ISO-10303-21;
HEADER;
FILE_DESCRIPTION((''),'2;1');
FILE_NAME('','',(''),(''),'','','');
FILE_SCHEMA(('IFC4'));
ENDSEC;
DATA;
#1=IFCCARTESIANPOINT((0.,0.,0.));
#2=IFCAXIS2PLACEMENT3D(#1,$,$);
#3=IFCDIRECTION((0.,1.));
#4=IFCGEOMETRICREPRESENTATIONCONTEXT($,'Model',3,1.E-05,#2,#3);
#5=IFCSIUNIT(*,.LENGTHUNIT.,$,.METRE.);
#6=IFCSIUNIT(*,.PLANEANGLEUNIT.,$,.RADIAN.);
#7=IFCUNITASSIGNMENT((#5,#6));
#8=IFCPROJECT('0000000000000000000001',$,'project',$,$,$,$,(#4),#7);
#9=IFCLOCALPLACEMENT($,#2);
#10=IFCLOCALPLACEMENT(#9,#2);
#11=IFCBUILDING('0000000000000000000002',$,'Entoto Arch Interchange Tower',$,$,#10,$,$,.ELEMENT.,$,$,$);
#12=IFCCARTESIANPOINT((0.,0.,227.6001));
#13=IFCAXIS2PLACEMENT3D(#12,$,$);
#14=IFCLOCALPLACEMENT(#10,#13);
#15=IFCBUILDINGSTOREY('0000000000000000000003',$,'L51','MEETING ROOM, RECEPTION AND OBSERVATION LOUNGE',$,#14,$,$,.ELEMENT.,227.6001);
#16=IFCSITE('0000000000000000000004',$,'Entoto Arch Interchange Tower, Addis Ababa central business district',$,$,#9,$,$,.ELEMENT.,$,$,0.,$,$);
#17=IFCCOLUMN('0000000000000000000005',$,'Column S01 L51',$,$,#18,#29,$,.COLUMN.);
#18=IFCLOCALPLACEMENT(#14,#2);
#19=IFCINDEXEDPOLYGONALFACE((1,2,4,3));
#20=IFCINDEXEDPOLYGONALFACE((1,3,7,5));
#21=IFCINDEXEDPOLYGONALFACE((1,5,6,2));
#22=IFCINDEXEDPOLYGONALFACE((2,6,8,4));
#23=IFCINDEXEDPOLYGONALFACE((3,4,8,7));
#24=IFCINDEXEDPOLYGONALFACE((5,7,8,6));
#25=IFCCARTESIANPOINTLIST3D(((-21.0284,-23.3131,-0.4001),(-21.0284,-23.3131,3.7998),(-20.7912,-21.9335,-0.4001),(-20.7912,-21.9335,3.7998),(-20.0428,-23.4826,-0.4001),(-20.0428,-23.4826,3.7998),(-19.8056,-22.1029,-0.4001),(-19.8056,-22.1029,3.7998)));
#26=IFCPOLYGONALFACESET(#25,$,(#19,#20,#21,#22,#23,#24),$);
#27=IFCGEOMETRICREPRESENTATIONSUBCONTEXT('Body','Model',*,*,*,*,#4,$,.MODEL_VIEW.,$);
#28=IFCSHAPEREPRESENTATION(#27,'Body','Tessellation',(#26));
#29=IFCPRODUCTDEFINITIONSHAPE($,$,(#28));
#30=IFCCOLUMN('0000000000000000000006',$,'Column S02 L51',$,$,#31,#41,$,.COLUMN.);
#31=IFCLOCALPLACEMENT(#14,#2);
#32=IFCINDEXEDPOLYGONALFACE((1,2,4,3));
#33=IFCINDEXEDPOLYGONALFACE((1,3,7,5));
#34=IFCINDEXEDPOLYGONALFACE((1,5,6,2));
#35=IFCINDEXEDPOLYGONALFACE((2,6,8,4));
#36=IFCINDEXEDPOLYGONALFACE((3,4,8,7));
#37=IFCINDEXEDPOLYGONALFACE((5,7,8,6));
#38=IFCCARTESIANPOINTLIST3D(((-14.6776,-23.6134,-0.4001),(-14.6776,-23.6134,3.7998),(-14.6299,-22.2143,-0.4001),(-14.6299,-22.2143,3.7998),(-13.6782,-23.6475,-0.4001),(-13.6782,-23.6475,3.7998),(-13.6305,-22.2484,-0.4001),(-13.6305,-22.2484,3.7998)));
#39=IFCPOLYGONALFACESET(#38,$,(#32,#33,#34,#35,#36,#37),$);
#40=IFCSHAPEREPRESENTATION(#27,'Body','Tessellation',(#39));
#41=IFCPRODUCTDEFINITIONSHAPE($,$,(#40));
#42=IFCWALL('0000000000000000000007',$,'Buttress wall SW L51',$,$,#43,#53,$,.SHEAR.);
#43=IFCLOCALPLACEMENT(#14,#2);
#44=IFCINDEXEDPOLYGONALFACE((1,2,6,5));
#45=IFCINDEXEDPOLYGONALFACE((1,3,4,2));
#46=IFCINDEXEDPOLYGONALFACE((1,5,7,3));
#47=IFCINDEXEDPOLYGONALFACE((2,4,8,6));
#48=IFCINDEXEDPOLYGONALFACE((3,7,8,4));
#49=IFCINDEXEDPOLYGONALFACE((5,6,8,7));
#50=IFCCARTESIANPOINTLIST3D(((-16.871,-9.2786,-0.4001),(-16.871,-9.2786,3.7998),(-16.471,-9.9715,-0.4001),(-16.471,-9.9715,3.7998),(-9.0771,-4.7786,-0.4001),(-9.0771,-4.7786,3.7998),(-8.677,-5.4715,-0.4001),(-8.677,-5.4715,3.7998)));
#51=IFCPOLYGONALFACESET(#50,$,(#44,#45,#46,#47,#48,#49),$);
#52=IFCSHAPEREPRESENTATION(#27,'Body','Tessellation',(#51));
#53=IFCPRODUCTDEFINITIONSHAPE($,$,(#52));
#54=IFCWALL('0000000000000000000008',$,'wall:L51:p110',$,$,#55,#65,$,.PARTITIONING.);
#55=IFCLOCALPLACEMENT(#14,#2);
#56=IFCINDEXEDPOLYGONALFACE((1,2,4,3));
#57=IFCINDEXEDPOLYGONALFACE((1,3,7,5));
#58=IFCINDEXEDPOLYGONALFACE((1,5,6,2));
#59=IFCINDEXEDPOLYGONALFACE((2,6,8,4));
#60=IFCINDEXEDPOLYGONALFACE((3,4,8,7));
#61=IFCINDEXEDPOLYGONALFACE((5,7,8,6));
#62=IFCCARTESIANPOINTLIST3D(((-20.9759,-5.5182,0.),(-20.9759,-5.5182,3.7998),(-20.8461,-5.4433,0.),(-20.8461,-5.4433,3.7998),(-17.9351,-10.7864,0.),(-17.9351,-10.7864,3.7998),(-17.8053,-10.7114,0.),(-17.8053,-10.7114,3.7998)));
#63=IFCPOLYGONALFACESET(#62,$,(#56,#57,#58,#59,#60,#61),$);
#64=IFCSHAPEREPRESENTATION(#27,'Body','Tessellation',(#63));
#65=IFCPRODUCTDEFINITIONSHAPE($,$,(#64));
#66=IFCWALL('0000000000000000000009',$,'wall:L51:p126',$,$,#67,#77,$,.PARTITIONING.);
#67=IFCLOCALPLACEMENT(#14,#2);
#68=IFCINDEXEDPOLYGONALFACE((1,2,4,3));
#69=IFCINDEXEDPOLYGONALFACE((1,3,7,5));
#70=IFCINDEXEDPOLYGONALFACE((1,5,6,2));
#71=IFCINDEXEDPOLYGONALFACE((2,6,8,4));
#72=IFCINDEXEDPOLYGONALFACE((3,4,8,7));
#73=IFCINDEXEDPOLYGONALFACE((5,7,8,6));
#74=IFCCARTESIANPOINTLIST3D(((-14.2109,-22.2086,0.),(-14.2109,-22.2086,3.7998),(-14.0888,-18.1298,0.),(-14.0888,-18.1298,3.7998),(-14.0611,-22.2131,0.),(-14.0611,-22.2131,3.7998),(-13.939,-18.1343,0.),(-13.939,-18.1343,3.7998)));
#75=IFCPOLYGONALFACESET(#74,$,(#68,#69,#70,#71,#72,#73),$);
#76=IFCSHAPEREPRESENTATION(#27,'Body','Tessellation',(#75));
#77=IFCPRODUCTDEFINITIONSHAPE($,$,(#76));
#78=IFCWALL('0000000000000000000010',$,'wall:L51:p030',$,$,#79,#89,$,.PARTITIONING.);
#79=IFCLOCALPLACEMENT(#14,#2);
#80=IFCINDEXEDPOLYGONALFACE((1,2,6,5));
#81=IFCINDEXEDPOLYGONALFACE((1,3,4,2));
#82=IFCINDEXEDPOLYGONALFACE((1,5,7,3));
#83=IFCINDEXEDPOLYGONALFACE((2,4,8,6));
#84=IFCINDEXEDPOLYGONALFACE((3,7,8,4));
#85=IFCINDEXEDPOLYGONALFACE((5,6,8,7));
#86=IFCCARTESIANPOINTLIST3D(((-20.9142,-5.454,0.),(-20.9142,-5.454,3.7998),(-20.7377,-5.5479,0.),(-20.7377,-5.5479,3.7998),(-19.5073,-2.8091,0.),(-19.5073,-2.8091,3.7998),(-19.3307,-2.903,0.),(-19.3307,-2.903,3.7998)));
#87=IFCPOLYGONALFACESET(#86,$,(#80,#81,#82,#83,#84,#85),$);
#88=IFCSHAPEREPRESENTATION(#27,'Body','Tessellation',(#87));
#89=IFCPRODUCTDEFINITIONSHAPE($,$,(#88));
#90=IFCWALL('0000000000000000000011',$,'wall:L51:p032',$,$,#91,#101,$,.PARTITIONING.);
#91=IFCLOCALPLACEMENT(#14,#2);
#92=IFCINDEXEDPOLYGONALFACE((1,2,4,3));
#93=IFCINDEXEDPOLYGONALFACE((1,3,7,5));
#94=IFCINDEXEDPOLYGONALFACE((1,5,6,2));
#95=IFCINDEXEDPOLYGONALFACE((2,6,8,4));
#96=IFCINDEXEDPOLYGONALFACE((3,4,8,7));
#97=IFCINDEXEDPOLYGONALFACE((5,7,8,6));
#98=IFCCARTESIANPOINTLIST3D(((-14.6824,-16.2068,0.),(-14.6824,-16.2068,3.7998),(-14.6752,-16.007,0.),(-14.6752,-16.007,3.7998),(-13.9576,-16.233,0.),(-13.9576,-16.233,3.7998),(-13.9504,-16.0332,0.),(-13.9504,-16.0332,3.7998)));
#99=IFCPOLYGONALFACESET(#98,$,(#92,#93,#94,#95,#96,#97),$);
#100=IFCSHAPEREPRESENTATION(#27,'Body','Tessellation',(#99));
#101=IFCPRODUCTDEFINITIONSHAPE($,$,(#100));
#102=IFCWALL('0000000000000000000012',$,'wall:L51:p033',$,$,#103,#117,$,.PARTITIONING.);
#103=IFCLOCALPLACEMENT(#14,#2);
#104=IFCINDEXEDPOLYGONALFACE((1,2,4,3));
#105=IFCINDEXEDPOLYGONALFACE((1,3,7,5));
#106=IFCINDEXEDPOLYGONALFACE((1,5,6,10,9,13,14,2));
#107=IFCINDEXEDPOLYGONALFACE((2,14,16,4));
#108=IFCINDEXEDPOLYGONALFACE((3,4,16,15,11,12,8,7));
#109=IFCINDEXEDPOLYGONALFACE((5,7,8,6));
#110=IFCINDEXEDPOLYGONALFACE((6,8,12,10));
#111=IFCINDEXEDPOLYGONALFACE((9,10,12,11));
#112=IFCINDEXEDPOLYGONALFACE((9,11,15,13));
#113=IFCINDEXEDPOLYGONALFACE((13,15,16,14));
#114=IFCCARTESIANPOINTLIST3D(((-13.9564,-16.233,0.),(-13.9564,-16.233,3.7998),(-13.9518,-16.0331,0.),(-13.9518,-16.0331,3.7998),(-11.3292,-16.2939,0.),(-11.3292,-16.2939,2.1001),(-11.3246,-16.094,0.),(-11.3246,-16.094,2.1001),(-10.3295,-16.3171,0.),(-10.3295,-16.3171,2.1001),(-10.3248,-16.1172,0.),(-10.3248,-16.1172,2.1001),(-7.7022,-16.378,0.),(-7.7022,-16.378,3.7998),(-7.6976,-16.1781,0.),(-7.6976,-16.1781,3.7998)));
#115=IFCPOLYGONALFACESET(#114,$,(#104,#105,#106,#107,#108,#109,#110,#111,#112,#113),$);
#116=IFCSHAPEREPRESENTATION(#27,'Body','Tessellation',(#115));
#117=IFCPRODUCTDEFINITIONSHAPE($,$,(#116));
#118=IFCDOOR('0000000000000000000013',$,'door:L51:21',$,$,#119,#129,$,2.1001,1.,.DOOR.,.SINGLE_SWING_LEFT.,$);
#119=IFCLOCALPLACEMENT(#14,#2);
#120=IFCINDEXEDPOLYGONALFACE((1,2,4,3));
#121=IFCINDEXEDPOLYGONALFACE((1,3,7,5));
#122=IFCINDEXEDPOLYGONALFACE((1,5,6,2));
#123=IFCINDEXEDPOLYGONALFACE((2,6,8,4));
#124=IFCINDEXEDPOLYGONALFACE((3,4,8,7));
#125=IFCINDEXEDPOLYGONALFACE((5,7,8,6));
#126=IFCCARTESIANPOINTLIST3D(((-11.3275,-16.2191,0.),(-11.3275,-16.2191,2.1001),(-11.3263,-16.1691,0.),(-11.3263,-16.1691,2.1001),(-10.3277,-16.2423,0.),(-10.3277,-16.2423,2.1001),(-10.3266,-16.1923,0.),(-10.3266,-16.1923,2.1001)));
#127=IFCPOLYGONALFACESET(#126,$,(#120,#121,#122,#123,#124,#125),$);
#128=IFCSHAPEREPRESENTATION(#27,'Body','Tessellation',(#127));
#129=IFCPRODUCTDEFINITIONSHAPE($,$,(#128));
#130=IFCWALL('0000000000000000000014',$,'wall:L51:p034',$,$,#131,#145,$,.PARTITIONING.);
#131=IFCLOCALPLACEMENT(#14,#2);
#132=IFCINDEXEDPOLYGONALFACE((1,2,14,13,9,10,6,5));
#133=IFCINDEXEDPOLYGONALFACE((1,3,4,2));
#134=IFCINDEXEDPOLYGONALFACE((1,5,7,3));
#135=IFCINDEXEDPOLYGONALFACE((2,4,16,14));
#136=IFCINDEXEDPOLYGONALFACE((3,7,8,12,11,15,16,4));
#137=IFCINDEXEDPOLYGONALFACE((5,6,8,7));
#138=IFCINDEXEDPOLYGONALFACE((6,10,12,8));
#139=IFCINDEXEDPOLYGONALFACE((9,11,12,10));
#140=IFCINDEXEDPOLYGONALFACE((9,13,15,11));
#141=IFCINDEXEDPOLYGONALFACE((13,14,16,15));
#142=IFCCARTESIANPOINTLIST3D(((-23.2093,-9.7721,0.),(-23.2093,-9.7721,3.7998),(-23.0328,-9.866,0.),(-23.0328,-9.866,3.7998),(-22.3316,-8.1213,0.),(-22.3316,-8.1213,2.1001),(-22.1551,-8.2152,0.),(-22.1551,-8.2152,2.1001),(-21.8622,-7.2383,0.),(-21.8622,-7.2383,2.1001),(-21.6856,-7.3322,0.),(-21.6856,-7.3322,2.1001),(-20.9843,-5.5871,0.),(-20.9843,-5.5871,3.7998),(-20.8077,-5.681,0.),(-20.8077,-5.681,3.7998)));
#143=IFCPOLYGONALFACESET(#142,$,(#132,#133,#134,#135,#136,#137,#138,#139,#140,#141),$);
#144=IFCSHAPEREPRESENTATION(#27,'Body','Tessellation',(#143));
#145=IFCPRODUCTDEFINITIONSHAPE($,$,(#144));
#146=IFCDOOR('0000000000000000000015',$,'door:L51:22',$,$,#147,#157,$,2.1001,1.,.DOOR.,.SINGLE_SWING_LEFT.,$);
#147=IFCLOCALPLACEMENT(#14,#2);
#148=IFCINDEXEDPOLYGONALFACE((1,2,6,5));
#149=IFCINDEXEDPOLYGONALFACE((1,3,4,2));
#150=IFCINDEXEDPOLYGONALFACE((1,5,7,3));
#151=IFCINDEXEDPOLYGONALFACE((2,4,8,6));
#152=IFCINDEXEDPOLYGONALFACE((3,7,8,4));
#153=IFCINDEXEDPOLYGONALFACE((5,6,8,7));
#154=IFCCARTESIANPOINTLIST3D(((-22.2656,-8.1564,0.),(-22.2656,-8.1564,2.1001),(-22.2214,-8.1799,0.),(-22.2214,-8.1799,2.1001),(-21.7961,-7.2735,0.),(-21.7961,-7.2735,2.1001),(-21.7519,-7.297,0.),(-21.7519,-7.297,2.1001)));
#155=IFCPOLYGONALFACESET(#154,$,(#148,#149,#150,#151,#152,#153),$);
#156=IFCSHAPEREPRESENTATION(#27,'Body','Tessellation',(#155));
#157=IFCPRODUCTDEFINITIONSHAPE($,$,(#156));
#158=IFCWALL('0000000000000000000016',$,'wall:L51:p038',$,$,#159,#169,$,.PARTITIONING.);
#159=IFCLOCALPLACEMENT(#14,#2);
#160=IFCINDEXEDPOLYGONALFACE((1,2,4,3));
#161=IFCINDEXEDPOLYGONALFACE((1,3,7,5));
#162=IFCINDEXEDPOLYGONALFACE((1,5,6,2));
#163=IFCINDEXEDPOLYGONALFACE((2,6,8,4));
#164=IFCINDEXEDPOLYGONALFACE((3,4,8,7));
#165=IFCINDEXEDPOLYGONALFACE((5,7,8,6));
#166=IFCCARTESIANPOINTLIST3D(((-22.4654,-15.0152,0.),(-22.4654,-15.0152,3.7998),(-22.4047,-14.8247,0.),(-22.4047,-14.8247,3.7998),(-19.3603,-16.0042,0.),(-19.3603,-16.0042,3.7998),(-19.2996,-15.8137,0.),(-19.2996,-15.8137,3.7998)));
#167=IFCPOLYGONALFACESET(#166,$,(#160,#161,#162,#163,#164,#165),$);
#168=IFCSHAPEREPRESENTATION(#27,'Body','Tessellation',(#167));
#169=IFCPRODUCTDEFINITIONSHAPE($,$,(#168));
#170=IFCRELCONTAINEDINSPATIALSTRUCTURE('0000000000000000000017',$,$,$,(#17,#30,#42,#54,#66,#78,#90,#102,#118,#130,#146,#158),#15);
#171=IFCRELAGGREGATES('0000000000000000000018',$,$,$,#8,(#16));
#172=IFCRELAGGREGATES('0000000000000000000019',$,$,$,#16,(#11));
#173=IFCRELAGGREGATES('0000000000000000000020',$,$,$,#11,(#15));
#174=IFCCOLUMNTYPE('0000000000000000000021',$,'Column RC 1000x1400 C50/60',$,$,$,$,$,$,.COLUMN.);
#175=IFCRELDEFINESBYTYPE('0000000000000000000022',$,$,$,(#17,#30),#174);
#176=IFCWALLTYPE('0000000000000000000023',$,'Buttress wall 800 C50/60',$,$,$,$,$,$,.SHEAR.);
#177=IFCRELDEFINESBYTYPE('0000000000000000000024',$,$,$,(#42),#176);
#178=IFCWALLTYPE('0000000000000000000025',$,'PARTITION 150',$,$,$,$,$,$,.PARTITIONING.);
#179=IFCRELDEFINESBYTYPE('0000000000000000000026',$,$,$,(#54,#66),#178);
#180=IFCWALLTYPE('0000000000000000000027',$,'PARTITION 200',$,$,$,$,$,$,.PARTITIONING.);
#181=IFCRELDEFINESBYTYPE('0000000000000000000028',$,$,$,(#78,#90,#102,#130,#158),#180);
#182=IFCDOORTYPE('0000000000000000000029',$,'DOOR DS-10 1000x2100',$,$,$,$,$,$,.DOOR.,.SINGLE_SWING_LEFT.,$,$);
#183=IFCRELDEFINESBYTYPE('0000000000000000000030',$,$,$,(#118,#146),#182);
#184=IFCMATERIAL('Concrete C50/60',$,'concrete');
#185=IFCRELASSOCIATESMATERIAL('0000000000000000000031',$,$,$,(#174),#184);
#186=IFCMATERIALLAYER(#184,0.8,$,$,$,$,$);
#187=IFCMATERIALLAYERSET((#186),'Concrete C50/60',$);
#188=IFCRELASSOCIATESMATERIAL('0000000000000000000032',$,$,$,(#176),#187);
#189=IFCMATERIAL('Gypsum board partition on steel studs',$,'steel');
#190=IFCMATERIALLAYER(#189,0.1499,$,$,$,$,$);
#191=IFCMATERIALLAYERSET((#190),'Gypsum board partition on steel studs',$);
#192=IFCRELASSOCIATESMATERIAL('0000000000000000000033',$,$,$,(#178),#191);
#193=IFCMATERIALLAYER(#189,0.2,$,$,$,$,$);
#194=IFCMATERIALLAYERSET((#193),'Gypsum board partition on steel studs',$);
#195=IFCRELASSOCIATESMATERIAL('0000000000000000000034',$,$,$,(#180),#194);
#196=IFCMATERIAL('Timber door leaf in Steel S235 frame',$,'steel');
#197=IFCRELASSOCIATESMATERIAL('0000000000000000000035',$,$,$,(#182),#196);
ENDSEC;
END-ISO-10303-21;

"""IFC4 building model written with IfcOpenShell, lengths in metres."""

from ifc_helpers import new_model, si_unit, direction, frame, frame_2d, origin, origin_2d, place, context, subcontext, project, spatial, rectangle, extrude, material, layer, layer_set, material_profile, profile_set, type_object, element, fill, save


model = new_model("IFC4")

# Units and contexts
model_context = context("Model", 3, precision=1e-05, world=origin(), true_north=direction((0.0, 1.0)))
body_context = subcontext(model_context, "Body", "Model", "MODEL_VIEW")
ifc_project = project(units=[si_unit("LENGTHUNIT", "METRE"), si_unit("PLANEANGLEUNIT", "RADIAN")], contexts=[model_context])

# Site, building, storey
site_placement = place(None, origin())
site = spatial("IfcSite", under=ifc_project, at=site_placement, Name="Entoto Arch Interchange Tower, Addis Ababa central business district", CompositionType="ELEMENT", RefElevation=0.0)
building_placement = place(site_placement, origin())
building = spatial("IfcBuilding", under=site, at=building_placement, Name="Entoto Arch Interchange Tower", CompositionType="ELEMENT")
storey_placement = place(building_placement, frame((0.0, 0.0, 227.6001)))
storey = spatial("IfcBuildingStorey", under=building, at=storey_placement, Name="L51", Description="MEETING ROOM, RECEPTION AND OBSERVATION LOUNGE", CompositionType="ELEMENT", Elevation=227.6001)

# Columns
ifc_material_1 = material(Name="Concrete C50/60", Category="concrete")
ifc_material_profile = material_profile(ifc_material_1, rectangle(XDim=1.0, YDim=1.3999, at=origin_2d()))
ifc_profile_set = profile_set([ifc_material_profile], Name="Concrete C50/60")
column_type = type_object("IfcColumnType", Name="Column RC 1000x1400 C50/60", PredefinedType="COLUMN", material=ifc_profile_set)
for number, where, z_axis, x_axis, name in (
    (1, (-20.417, -22.708, -0.4001), (0.0, 0.0, 1.0), (-0.985541, 0.169436, 0.0), "Column S01 L51"),
    (2, (-14.1541, -22.9309, -0.4001), (0.0, 0.0, 1.0), (-0.999421, 0.034027, 0.0), "Column S02 L51"),
):
    element("IfcColumn", number, at=place(storey_placement, frame(where, z_axis=z_axis, x_axis=x_axis)), inside=storey, type_object=column_type, Name=name, PredefinedType="COLUMN", context=body_context, shape_type="SweptSolid", body=[
        extrude(rectangle(XDim=1.0, YDim=1.3999, at=origin_2d()), origin(), (0.0, 0.0, 1.0), 4.2),
    ])

# Walls
ifc_layer_1 = layer(ifc_material_1, 0.8)
ifc_layer_set_1 = layer_set([ifc_layer_1], Name="Concrete C50/60")
wall_type_1 = type_object("IfcWallType", Name="Buttress wall 800 C50/60", PredefinedType="SHEAR", material=ifc_layer_set_1)
wall_1_placement = place(storey_placement, frame((-8.877, -5.125, -0.4001), z_axis=(0.0, 0.0, 1.0), x_axis=(-0.866018, -0.500014, 0.0)))
element("IfcWall", 3, at=wall_1_placement, inside=storey, type_object=wall_type_1, Name="Buttress wall SW L51", PredefinedType="SHEAR", context=body_context, shape_type="SweptSolid", body=[
    extrude(rectangle(XDim=8.9998, YDim=0.8, at=frame_2d((4.5, 0.0))), origin(), (0.0, 0.0, 1.0), 4.2),
])
ifc_material_2 = material(Name="Gypsum board partition on steel studs", Category="steel")
ifc_layer_2 = layer(ifc_material_2, 0.1499)
ifc_layer_set_2 = layer_set([ifc_layer_2], Name="Gypsum board partition on steel studs")
wall_type_2 = type_object("IfcWallType", Name="PARTITION 150", PredefinedType="PARTITIONING", material=ifc_layer_set_2)
wall_2_placement = place(storey_placement, frame((-17.8701, -10.749, 0.0), z_axis=(0.0, 0.0, 1.0), x_axis=(-0.499908, 0.866079, 0.0)))
element("IfcWall", 4, at=wall_2_placement, inside=storey, type_object=wall_type_2, Name="wall:L51:p110", PredefinedType="PARTITIONING", context=body_context, shape_type="SweptSolid", body=[
    extrude(rectangle(XDim=6.0828, YDim=0.1499, at=frame_2d((3.0415, 0.0))), origin(), (0.0, 0.0, 1.0), 3.7998),
])
wall_3_placement = place(storey_placement, frame((-14.0139, -18.1321, 0.0), z_axis=(0.0, 0.0, 1.0), x_axis=(-0.029914, -0.999552, 0.0)))
element("IfcWall", 5, at=wall_3_placement, inside=storey, type_object=wall_type_2, Name="wall:L51:p126", PredefinedType="PARTITIONING", context=body_context, shape_type="SweptSolid", body=[
    extrude(rectangle(XDim=4.0806, YDim=0.1499, at=frame_2d((2.0403, 0.0))), origin(), (0.0, 0.0, 1.0), 3.7998),
])
ifc_layer_3 = layer(ifc_material_2, 0.2)
ifc_layer_set_3 = layer_set([ifc_layer_3], Name="Gypsum board partition on steel studs")
wall_type_3 = type_object("IfcWallType", Name="PARTITION 200", PredefinedType="PARTITIONING", material=ifc_layer_set_3)
wall_4_placement = place(storey_placement, frame((-19.4189, -2.856, 0.0), z_axis=(0.0, 0.0, 1.0), x_axis=(-0.469628, -0.882864, 0.0)))
element("IfcWall", 6, at=wall_4_placement, inside=storey, type_object=wall_type_3, Name="wall:L51:p030", PredefinedType="PARTITIONING", context=body_context, shape_type="SweptSolid", body=[
    extrude(rectangle(XDim=2.9958, YDim=0.2, at=frame_2d((1.498, 0.0))), origin(), (0.0, 0.0, 1.0), 3.7998),
])
wall_5_placement = place(storey_placement, frame((-14.679, -16.1069, 0.0), z_axis=(0.0, 0.0, 1.0), x_axis=(0.999351, -0.036016, 0.0)))
element("IfcWall", 7, at=wall_5_placement, inside=storey, type_object=wall_type_3, Name="wall:L51:p032", PredefinedType="PARTITIONING", context=body_context, shape_type="SweptSolid", body=[
    extrude(rectangle(XDim=0.7253, YDim=0.2, at=frame_2d((0.3628, 0.0))), origin(), (0.0, 0.0, 1.0), 3.7998),
])

# Walls, openings, doors
wall_6_placement = place(storey_placement, frame((-13.9541, -16.1331, 0.0), z_axis=(0.0, 0.0, 1.0), x_axis=(0.999731, -0.023181, 0.0)))
wall_6 = element("IfcWall", 8, at=wall_6_placement, inside=storey, type_object=wall_type_3, Name="wall:L51:p033", PredefinedType="PARTITIONING", context=body_context, shape_type="SweptSolid", body=[
    extrude(rectangle(XDim=6.2559, YDim=0.2, at=frame_2d((3.1279, 0.0))), origin(), (0.0, 0.0, 1.0), 3.7998),
])
opening_1_placement = place(wall_6_placement, frame((2.6279, 0.0, 0.0)))
opening_1 = element("IfcOpeningElement", 9, at=opening_1_placement, cuts=wall_6, PredefinedType="OPENING", context=body_context, shape_type="SweptSolid", body=[
    extrude(rectangle(XDim=1.0, YDim=2.1001, at=frame_2d((0.5, 1.05))), frame((0.0, 0.1099, 0.0), z_axis=(0.0, -1.0, 0.0), x_axis=(1.0, 0.0, 0.0)), (0.0, 0.0, 1.0), 0.22),
])
ifc_material_3 = material(Name="Timber door leaf in Steel S235 frame", Category="steel")
door_type = type_object("IfcDoorType", Name="DOOR DS-10 1000x2100", OperationType="SINGLE_SWING_LEFT", PredefinedType="DOOR", material=ifc_material_3)
door_1_placement = place(opening_1_placement, origin())
door_1 = element("IfcDoor", 10, at=door_1_placement, inside=storey, type_object=door_type, Name="door:L51:21", OperationType="SINGLE_SWING_LEFT", OverallHeight=2.1001, OverallWidth=1.0, PredefinedType="DOOR", context=body_context, shape_type="SweptSolid", body=[
    extrude(rectangle(XDim=1.0, YDim=2.1001, at=frame_2d((0.5, 1.05))), frame((0.0, 0.0249, 0.0), z_axis=(0.0, -1.0, 0.0), x_axis=(1.0, 0.0, 0.0)), (0.0, 0.0, 1.0), 0.05),
])
fill(opening_1, door_1)
wall_7_placement = place(storey_placement, frame((-20.896, -5.634, 0.0), z_axis=(0.0, 0.0, 1.0), x_axis=(-0.469449, -0.88296, 0.0)))
wall_7 = element("IfcWall", 11, at=wall_7_placement, inside=storey, type_object=wall_type_3, Name="wall:L51:p034", PredefinedType="PARTITIONING", context=body_context, shape_type="SweptSolid", body=[
    extrude(rectangle(XDim=4.7397, YDim=0.2, at=frame_2d((2.3699, 0.0))), origin(), (0.0, 0.0, 1.0), 3.7998),
])
opening_2_placement = place(wall_7_placement, frame((1.8701, 0.0, 0.0)))
opening_2 = element("IfcOpeningElement", 12, at=opening_2_placement, cuts=wall_7, PredefinedType="OPENING", context=body_context, shape_type="SweptSolid", body=[
    extrude(rectangle(XDim=1.0, YDim=2.1001, at=frame_2d((0.5, 1.05))), frame((0.0, 0.1099, 0.0), z_axis=(0.0, -1.0, 0.0), x_axis=(1.0, 0.0, 0.0)), (0.0, 0.0, 1.0), 0.22),
])
door_2_placement = place(opening_2_placement, origin())
door_2 = element("IfcDoor", 13, at=door_2_placement, inside=storey, type_object=door_type, Name="door:L51:22", OperationType="SINGLE_SWING_LEFT", OverallHeight=2.1001, OverallWidth=1.0, PredefinedType="DOOR", context=body_context, shape_type="SweptSolid", body=[
    extrude(rectangle(XDim=1.0, YDim=2.1001, at=frame_2d((0.5, 1.05))), frame((0.0, 0.0249, 0.0), z_axis=(0.0, -1.0, 0.0), x_axis=(1.0, 0.0, 0.0)), (0.0, 0.0, 1.0), 0.05),
])
fill(opening_2, door_2)

# Wall
wall_8_placement = place(storey_placement, frame((-22.4351, -14.9199, 0.0), z_axis=(0.0, 0.0, 1.0), x_axis=(0.952831, -0.303501, 0.0)))
element("IfcWall", 14, at=wall_8_placement, inside=storey, type_object=wall_type_3, Name="wall:L51:p038", PredefinedType="PARTITIONING", context=body_context, shape_type="SweptSolid", body=[
    extrude(rectangle(XDim=3.2588, YDim=0.2, at=frame_2d((1.6294, 0.0))), origin(), (0.0, 0.0, 1.0), 3.7998),
])

save(model, "model.ifc")
